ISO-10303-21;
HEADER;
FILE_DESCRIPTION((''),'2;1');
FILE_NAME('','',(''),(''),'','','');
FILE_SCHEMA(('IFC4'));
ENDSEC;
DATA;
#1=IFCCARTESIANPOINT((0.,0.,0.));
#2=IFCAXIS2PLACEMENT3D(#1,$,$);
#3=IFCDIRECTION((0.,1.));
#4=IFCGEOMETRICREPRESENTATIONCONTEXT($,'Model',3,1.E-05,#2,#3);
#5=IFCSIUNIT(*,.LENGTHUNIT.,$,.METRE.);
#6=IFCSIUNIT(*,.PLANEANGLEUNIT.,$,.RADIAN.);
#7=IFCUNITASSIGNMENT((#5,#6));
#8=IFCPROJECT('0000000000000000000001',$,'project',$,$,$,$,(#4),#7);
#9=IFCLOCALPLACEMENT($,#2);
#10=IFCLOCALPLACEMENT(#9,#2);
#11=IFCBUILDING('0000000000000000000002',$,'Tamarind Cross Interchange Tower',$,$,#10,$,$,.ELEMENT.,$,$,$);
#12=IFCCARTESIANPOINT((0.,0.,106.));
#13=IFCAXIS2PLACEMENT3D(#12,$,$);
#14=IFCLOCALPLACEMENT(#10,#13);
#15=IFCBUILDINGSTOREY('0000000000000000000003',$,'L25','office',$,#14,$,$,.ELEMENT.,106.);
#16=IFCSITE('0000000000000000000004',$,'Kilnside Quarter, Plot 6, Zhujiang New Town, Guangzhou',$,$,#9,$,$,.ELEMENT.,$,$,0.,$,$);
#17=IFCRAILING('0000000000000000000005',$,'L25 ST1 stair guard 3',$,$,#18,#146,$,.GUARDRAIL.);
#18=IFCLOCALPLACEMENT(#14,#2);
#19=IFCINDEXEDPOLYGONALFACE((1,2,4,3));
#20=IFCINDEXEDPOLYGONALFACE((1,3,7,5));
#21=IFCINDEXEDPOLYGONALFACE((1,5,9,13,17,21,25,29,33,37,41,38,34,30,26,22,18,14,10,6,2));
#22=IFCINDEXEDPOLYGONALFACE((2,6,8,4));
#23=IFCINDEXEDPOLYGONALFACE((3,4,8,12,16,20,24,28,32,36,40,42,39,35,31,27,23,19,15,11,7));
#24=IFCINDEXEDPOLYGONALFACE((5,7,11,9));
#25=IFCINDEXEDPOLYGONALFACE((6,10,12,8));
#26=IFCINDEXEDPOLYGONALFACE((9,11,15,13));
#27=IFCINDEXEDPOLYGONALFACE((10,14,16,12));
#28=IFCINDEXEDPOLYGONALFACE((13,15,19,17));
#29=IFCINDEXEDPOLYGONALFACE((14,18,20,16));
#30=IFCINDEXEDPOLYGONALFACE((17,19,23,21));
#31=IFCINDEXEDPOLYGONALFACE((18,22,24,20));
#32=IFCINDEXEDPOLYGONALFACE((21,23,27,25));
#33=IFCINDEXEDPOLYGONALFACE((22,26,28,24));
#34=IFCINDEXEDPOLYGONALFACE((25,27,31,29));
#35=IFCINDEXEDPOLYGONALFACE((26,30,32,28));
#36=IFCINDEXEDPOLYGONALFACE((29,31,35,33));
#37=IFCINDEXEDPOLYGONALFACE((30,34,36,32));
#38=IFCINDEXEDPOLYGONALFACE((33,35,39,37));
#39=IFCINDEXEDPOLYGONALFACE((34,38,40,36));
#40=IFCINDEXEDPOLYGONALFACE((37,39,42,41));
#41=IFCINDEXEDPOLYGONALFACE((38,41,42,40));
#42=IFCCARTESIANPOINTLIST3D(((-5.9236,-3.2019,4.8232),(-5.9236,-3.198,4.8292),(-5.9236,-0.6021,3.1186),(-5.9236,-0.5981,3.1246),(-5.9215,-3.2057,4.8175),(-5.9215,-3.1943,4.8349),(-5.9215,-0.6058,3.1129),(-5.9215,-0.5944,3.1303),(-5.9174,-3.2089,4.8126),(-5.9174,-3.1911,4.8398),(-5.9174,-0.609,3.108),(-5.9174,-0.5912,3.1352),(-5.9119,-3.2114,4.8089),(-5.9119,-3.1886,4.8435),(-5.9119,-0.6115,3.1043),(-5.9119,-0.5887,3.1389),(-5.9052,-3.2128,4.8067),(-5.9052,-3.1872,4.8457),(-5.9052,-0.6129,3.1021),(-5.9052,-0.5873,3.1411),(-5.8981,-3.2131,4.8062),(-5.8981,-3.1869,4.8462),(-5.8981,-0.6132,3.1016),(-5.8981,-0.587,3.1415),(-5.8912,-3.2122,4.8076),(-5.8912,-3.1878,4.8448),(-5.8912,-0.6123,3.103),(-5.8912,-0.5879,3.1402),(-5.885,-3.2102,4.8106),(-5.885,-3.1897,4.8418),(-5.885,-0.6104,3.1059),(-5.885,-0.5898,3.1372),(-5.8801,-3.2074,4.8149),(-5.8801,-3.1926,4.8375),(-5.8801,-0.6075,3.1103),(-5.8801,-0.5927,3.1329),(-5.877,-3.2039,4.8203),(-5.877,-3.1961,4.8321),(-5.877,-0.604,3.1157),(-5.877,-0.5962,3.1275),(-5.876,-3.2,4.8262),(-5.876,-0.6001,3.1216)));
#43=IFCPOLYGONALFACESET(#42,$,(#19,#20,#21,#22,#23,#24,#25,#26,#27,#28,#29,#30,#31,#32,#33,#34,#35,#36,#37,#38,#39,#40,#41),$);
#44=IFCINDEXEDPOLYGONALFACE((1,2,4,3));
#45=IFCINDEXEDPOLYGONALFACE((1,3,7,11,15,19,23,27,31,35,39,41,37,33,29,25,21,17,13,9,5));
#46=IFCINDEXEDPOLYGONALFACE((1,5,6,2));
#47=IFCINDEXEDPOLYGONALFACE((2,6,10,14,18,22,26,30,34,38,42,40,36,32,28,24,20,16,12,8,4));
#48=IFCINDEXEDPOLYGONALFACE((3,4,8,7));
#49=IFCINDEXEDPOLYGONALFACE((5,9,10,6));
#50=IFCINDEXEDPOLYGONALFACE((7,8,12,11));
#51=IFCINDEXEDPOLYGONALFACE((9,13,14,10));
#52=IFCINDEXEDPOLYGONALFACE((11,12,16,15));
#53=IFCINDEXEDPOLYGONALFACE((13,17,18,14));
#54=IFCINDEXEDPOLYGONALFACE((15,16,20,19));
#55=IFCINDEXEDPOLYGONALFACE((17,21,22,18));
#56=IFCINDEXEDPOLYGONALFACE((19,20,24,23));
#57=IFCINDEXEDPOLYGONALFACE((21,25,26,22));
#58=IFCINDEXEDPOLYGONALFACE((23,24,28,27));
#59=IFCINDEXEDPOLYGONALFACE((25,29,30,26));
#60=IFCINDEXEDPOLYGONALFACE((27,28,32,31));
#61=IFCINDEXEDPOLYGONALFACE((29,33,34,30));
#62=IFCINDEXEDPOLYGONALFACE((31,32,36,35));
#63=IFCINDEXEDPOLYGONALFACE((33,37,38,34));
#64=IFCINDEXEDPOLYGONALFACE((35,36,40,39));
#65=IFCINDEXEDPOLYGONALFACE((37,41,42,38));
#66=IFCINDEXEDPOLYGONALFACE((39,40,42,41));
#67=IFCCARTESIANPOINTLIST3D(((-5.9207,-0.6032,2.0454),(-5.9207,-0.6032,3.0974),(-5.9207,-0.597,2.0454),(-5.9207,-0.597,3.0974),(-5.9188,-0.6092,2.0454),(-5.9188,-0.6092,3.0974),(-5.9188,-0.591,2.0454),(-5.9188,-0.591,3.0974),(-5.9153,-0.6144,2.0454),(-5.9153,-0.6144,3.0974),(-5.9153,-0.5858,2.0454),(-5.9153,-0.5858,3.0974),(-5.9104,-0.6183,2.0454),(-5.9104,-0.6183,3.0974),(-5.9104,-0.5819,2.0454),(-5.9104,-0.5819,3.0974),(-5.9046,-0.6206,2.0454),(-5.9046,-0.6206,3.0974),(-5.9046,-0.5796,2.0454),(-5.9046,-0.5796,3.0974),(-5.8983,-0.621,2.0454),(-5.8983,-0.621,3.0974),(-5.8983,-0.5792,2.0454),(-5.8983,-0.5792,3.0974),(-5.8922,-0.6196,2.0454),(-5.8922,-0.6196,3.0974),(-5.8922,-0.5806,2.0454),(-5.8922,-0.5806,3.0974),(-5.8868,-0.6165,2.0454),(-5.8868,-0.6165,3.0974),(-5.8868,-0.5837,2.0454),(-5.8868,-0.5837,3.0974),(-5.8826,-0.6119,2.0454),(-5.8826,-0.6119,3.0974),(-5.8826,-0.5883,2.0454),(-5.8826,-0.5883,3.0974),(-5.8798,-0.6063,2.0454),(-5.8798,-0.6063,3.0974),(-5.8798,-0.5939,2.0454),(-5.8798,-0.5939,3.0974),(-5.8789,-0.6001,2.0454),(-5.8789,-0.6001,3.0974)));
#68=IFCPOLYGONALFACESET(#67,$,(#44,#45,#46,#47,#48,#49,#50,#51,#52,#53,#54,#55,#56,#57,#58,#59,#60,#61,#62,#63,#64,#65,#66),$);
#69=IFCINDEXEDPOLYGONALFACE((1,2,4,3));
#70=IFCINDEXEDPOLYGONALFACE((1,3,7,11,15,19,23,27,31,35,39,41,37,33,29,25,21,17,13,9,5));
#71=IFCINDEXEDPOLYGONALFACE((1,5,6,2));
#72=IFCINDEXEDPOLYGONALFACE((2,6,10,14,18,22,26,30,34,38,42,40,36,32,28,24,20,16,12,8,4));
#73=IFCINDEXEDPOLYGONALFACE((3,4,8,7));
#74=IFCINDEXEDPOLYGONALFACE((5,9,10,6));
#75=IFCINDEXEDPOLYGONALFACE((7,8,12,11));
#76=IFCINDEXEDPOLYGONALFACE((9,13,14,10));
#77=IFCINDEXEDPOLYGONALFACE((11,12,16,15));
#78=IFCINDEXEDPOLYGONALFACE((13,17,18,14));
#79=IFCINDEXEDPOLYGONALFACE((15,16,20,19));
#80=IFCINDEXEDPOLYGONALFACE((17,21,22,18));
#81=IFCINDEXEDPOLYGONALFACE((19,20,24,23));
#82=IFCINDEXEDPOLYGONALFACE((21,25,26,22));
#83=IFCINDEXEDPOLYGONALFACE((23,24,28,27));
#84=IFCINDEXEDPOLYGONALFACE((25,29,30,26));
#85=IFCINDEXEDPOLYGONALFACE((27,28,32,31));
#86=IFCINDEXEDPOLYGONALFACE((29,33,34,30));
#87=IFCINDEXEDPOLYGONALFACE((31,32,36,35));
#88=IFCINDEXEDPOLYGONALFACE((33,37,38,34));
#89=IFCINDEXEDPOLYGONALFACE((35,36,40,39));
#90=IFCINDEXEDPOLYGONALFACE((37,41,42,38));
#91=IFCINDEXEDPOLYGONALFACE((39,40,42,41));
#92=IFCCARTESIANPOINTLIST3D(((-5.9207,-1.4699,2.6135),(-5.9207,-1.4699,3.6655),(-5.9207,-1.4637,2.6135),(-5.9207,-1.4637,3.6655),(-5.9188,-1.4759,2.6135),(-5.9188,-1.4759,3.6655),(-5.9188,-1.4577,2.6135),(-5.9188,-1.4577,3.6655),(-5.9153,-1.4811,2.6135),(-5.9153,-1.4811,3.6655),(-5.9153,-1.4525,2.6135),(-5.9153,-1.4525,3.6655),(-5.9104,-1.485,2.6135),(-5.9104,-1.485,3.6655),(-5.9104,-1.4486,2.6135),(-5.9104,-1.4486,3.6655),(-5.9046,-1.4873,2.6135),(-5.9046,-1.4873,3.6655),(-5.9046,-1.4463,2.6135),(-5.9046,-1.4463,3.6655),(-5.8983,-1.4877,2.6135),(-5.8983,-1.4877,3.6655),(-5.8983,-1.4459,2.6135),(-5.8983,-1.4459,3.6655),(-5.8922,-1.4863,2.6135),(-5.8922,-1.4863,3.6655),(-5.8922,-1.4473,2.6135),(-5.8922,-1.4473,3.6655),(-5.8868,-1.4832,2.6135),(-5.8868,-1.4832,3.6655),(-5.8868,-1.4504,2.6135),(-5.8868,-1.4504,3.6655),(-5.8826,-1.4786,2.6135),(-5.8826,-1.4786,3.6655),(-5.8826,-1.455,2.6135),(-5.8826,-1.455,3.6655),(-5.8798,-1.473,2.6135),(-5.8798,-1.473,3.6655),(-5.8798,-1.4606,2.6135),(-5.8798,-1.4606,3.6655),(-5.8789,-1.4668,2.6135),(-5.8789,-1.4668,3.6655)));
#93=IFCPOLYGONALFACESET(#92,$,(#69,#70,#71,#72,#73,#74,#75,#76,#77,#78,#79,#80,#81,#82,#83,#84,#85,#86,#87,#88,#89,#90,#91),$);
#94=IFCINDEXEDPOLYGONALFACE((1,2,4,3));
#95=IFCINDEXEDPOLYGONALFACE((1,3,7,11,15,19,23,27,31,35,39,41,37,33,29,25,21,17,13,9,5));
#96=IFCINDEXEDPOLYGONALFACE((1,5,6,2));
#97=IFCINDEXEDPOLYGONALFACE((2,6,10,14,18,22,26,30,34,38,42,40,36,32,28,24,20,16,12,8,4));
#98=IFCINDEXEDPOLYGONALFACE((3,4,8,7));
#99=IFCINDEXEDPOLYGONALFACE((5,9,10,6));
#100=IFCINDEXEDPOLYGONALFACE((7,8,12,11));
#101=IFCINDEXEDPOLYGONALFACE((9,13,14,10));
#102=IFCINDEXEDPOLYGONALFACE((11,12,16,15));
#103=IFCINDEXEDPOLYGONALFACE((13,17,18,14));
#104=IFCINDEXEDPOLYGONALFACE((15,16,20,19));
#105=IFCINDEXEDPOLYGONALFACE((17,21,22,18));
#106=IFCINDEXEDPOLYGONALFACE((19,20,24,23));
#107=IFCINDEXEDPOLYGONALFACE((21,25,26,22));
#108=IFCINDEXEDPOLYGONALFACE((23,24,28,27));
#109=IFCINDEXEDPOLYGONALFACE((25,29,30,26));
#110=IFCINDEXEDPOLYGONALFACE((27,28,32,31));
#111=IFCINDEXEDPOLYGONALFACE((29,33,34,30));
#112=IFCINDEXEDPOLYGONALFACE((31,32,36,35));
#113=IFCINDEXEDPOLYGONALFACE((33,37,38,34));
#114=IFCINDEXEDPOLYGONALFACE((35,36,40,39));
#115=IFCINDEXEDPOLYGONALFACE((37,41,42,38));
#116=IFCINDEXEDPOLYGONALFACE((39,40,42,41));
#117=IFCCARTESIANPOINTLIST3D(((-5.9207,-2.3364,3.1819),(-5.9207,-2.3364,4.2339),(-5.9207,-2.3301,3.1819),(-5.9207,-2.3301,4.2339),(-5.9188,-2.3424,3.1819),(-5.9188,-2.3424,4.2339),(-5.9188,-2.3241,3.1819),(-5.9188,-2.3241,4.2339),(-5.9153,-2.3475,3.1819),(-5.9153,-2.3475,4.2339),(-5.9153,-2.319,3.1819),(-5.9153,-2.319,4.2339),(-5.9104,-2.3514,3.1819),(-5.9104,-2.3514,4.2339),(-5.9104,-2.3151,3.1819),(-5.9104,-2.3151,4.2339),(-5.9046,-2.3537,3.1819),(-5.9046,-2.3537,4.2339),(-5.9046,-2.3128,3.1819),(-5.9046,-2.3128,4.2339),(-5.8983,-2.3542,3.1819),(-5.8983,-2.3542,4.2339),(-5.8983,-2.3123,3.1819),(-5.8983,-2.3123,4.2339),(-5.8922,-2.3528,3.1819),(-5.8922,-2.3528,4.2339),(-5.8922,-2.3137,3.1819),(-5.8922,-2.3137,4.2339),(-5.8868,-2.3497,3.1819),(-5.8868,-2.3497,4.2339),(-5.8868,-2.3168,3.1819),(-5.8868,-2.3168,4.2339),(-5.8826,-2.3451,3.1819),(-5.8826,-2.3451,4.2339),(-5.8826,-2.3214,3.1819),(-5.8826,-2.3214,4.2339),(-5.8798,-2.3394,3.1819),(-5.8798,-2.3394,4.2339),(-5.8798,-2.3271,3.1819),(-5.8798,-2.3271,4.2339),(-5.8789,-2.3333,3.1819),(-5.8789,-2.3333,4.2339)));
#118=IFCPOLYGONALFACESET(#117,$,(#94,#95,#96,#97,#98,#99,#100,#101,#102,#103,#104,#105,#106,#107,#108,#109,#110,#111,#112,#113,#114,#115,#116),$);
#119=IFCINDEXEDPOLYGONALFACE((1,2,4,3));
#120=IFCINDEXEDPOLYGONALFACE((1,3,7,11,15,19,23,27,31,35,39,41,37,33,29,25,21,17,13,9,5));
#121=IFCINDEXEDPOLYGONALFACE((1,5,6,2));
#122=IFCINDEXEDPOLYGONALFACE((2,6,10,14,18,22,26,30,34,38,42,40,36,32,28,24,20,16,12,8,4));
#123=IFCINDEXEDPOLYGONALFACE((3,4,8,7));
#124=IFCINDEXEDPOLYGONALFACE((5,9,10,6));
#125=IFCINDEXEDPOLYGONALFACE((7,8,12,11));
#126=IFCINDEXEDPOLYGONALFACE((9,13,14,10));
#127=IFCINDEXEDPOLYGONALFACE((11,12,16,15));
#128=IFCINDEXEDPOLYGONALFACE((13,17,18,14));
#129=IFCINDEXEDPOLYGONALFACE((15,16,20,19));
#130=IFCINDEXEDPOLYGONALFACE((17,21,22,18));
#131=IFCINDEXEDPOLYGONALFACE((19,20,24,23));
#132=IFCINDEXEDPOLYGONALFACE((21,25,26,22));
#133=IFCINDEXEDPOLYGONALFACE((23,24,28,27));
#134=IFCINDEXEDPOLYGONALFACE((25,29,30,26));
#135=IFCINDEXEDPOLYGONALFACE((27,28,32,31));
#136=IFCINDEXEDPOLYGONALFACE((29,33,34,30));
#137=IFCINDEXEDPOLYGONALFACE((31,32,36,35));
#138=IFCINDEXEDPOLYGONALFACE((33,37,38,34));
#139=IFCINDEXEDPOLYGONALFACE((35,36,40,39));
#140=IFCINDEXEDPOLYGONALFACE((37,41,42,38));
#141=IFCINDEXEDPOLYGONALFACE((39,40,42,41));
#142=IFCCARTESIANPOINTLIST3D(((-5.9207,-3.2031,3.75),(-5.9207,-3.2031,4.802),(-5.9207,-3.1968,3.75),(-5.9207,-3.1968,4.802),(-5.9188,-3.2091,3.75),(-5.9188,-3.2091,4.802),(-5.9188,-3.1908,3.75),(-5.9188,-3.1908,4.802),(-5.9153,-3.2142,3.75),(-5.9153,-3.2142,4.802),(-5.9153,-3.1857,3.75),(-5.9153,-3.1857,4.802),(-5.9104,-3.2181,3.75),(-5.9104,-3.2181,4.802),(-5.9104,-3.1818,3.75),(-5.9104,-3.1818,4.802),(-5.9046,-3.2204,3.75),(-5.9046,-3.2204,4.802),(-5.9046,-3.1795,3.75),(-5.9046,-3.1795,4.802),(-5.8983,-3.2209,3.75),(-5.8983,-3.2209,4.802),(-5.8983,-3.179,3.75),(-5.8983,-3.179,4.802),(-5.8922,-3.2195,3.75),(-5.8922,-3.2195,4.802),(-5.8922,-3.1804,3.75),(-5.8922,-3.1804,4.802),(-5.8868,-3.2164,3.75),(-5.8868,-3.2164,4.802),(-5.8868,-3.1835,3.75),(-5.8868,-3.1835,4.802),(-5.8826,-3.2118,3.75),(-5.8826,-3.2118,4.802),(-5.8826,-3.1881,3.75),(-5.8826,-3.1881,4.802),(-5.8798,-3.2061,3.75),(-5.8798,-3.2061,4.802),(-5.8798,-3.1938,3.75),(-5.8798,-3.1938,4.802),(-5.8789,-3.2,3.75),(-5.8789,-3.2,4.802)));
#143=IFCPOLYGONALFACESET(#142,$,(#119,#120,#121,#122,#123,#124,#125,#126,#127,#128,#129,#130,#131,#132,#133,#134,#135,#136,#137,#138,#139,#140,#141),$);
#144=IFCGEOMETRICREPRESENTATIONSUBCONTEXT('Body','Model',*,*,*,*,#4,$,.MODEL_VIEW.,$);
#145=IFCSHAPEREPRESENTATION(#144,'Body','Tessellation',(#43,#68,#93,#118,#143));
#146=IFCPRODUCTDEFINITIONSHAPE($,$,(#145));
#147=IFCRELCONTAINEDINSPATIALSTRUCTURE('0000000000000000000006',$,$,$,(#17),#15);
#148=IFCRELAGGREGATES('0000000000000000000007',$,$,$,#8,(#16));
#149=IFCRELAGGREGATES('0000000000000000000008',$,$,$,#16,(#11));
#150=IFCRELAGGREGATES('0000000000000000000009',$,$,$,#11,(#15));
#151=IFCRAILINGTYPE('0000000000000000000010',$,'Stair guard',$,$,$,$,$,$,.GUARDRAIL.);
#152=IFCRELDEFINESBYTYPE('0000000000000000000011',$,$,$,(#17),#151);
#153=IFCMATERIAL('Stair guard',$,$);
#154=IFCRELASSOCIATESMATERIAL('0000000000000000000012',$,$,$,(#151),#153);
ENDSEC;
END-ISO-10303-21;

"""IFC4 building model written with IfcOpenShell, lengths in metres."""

from ifc_helpers import new_model, si_unit, direction, frame, origin, origin_2d, place, context, subcontext, project, spatial, circle, extrude, material, type_object, element, save


model = new_model("IFC4")

# Units and contexts
model_context = context("Model", 3, precision=1e-05, world=origin(), true_north=direction((0.0, 1.0)))
body_context = subcontext(model_context, "Body", "Model", "MODEL_VIEW")
ifc_project = project(units=[si_unit("LENGTHUNIT", "METRE"), si_unit("PLANEANGLEUNIT", "RADIAN")], contexts=[model_context])

# Site, building, storey
site_placement = place(None, origin())
site = spatial("IfcSite", under=ifc_project, at=site_placement, Name="Kilnside Quarter, Plot 6, Zhujiang New Town, Guangzhou", CompositionType="ELEMENT", RefElevation=0.0)
building_placement = place(site_placement, origin())
building = spatial("IfcBuilding", under=site, at=building_placement, Name="Tamarind Cross Interchange Tower", CompositionType="ELEMENT")
storey_placement = place(building_placement, frame((0.0, 0.0, 106.0)))
storey = spatial("IfcBuildingStorey", under=building, at=storey_placement, Name="L25", Description="office", CompositionType="ELEMENT", Elevation=106.0)

# Railing
ifc_material_1 = material(Name="Stair guard")
railing_type_1 = type_object("IfcRailingType", Name="Stair guard", PredefinedType="GUARDRAIL", material=ifc_material_1)
railing_1_placement = place(storey_placement, frame((-5.8999, -0.6001, 2.0454)))
element("IfcRailing", 1, at=railing_1_placement, inside=storey, type_object=railing_type_1, Name="L25 ST1 stair guard 3", PredefinedType="GUARDRAIL", context=body_context, shape_type="SweptSolid", body=[
    extrude(circle(Radius=0.0239, at=origin_2d()), frame((0.0, 0.0, 1.0762), z_axis=(0.0, -0.836279, 0.548305), x_axis=(1.0, 0.0, 0.0)), (0.0, 0.0, 1.0), 3.1089),
    extrude(circle(Radius=0.021, at=origin_2d()), origin(), (0.0, 0.0, 1.0), 1.052),
    extrude(circle(Radius=0.021, at=origin_2d()), frame((0.0, -0.8667, 0.5681)), (0.0, 0.0, 1.0), 1.052),
    extrude(circle(Radius=0.021, at=origin_2d()), frame((0.0, -1.7332, 1.1365)), (0.0, 0.0, 1.0), 1.052),
    extrude(circle(Radius=0.021, at=origin_2d()), frame((0.0, -2.5999, 1.7046)), (0.0, 0.0, 1.0), 1.052),
])

save(model, "model.ifc")
